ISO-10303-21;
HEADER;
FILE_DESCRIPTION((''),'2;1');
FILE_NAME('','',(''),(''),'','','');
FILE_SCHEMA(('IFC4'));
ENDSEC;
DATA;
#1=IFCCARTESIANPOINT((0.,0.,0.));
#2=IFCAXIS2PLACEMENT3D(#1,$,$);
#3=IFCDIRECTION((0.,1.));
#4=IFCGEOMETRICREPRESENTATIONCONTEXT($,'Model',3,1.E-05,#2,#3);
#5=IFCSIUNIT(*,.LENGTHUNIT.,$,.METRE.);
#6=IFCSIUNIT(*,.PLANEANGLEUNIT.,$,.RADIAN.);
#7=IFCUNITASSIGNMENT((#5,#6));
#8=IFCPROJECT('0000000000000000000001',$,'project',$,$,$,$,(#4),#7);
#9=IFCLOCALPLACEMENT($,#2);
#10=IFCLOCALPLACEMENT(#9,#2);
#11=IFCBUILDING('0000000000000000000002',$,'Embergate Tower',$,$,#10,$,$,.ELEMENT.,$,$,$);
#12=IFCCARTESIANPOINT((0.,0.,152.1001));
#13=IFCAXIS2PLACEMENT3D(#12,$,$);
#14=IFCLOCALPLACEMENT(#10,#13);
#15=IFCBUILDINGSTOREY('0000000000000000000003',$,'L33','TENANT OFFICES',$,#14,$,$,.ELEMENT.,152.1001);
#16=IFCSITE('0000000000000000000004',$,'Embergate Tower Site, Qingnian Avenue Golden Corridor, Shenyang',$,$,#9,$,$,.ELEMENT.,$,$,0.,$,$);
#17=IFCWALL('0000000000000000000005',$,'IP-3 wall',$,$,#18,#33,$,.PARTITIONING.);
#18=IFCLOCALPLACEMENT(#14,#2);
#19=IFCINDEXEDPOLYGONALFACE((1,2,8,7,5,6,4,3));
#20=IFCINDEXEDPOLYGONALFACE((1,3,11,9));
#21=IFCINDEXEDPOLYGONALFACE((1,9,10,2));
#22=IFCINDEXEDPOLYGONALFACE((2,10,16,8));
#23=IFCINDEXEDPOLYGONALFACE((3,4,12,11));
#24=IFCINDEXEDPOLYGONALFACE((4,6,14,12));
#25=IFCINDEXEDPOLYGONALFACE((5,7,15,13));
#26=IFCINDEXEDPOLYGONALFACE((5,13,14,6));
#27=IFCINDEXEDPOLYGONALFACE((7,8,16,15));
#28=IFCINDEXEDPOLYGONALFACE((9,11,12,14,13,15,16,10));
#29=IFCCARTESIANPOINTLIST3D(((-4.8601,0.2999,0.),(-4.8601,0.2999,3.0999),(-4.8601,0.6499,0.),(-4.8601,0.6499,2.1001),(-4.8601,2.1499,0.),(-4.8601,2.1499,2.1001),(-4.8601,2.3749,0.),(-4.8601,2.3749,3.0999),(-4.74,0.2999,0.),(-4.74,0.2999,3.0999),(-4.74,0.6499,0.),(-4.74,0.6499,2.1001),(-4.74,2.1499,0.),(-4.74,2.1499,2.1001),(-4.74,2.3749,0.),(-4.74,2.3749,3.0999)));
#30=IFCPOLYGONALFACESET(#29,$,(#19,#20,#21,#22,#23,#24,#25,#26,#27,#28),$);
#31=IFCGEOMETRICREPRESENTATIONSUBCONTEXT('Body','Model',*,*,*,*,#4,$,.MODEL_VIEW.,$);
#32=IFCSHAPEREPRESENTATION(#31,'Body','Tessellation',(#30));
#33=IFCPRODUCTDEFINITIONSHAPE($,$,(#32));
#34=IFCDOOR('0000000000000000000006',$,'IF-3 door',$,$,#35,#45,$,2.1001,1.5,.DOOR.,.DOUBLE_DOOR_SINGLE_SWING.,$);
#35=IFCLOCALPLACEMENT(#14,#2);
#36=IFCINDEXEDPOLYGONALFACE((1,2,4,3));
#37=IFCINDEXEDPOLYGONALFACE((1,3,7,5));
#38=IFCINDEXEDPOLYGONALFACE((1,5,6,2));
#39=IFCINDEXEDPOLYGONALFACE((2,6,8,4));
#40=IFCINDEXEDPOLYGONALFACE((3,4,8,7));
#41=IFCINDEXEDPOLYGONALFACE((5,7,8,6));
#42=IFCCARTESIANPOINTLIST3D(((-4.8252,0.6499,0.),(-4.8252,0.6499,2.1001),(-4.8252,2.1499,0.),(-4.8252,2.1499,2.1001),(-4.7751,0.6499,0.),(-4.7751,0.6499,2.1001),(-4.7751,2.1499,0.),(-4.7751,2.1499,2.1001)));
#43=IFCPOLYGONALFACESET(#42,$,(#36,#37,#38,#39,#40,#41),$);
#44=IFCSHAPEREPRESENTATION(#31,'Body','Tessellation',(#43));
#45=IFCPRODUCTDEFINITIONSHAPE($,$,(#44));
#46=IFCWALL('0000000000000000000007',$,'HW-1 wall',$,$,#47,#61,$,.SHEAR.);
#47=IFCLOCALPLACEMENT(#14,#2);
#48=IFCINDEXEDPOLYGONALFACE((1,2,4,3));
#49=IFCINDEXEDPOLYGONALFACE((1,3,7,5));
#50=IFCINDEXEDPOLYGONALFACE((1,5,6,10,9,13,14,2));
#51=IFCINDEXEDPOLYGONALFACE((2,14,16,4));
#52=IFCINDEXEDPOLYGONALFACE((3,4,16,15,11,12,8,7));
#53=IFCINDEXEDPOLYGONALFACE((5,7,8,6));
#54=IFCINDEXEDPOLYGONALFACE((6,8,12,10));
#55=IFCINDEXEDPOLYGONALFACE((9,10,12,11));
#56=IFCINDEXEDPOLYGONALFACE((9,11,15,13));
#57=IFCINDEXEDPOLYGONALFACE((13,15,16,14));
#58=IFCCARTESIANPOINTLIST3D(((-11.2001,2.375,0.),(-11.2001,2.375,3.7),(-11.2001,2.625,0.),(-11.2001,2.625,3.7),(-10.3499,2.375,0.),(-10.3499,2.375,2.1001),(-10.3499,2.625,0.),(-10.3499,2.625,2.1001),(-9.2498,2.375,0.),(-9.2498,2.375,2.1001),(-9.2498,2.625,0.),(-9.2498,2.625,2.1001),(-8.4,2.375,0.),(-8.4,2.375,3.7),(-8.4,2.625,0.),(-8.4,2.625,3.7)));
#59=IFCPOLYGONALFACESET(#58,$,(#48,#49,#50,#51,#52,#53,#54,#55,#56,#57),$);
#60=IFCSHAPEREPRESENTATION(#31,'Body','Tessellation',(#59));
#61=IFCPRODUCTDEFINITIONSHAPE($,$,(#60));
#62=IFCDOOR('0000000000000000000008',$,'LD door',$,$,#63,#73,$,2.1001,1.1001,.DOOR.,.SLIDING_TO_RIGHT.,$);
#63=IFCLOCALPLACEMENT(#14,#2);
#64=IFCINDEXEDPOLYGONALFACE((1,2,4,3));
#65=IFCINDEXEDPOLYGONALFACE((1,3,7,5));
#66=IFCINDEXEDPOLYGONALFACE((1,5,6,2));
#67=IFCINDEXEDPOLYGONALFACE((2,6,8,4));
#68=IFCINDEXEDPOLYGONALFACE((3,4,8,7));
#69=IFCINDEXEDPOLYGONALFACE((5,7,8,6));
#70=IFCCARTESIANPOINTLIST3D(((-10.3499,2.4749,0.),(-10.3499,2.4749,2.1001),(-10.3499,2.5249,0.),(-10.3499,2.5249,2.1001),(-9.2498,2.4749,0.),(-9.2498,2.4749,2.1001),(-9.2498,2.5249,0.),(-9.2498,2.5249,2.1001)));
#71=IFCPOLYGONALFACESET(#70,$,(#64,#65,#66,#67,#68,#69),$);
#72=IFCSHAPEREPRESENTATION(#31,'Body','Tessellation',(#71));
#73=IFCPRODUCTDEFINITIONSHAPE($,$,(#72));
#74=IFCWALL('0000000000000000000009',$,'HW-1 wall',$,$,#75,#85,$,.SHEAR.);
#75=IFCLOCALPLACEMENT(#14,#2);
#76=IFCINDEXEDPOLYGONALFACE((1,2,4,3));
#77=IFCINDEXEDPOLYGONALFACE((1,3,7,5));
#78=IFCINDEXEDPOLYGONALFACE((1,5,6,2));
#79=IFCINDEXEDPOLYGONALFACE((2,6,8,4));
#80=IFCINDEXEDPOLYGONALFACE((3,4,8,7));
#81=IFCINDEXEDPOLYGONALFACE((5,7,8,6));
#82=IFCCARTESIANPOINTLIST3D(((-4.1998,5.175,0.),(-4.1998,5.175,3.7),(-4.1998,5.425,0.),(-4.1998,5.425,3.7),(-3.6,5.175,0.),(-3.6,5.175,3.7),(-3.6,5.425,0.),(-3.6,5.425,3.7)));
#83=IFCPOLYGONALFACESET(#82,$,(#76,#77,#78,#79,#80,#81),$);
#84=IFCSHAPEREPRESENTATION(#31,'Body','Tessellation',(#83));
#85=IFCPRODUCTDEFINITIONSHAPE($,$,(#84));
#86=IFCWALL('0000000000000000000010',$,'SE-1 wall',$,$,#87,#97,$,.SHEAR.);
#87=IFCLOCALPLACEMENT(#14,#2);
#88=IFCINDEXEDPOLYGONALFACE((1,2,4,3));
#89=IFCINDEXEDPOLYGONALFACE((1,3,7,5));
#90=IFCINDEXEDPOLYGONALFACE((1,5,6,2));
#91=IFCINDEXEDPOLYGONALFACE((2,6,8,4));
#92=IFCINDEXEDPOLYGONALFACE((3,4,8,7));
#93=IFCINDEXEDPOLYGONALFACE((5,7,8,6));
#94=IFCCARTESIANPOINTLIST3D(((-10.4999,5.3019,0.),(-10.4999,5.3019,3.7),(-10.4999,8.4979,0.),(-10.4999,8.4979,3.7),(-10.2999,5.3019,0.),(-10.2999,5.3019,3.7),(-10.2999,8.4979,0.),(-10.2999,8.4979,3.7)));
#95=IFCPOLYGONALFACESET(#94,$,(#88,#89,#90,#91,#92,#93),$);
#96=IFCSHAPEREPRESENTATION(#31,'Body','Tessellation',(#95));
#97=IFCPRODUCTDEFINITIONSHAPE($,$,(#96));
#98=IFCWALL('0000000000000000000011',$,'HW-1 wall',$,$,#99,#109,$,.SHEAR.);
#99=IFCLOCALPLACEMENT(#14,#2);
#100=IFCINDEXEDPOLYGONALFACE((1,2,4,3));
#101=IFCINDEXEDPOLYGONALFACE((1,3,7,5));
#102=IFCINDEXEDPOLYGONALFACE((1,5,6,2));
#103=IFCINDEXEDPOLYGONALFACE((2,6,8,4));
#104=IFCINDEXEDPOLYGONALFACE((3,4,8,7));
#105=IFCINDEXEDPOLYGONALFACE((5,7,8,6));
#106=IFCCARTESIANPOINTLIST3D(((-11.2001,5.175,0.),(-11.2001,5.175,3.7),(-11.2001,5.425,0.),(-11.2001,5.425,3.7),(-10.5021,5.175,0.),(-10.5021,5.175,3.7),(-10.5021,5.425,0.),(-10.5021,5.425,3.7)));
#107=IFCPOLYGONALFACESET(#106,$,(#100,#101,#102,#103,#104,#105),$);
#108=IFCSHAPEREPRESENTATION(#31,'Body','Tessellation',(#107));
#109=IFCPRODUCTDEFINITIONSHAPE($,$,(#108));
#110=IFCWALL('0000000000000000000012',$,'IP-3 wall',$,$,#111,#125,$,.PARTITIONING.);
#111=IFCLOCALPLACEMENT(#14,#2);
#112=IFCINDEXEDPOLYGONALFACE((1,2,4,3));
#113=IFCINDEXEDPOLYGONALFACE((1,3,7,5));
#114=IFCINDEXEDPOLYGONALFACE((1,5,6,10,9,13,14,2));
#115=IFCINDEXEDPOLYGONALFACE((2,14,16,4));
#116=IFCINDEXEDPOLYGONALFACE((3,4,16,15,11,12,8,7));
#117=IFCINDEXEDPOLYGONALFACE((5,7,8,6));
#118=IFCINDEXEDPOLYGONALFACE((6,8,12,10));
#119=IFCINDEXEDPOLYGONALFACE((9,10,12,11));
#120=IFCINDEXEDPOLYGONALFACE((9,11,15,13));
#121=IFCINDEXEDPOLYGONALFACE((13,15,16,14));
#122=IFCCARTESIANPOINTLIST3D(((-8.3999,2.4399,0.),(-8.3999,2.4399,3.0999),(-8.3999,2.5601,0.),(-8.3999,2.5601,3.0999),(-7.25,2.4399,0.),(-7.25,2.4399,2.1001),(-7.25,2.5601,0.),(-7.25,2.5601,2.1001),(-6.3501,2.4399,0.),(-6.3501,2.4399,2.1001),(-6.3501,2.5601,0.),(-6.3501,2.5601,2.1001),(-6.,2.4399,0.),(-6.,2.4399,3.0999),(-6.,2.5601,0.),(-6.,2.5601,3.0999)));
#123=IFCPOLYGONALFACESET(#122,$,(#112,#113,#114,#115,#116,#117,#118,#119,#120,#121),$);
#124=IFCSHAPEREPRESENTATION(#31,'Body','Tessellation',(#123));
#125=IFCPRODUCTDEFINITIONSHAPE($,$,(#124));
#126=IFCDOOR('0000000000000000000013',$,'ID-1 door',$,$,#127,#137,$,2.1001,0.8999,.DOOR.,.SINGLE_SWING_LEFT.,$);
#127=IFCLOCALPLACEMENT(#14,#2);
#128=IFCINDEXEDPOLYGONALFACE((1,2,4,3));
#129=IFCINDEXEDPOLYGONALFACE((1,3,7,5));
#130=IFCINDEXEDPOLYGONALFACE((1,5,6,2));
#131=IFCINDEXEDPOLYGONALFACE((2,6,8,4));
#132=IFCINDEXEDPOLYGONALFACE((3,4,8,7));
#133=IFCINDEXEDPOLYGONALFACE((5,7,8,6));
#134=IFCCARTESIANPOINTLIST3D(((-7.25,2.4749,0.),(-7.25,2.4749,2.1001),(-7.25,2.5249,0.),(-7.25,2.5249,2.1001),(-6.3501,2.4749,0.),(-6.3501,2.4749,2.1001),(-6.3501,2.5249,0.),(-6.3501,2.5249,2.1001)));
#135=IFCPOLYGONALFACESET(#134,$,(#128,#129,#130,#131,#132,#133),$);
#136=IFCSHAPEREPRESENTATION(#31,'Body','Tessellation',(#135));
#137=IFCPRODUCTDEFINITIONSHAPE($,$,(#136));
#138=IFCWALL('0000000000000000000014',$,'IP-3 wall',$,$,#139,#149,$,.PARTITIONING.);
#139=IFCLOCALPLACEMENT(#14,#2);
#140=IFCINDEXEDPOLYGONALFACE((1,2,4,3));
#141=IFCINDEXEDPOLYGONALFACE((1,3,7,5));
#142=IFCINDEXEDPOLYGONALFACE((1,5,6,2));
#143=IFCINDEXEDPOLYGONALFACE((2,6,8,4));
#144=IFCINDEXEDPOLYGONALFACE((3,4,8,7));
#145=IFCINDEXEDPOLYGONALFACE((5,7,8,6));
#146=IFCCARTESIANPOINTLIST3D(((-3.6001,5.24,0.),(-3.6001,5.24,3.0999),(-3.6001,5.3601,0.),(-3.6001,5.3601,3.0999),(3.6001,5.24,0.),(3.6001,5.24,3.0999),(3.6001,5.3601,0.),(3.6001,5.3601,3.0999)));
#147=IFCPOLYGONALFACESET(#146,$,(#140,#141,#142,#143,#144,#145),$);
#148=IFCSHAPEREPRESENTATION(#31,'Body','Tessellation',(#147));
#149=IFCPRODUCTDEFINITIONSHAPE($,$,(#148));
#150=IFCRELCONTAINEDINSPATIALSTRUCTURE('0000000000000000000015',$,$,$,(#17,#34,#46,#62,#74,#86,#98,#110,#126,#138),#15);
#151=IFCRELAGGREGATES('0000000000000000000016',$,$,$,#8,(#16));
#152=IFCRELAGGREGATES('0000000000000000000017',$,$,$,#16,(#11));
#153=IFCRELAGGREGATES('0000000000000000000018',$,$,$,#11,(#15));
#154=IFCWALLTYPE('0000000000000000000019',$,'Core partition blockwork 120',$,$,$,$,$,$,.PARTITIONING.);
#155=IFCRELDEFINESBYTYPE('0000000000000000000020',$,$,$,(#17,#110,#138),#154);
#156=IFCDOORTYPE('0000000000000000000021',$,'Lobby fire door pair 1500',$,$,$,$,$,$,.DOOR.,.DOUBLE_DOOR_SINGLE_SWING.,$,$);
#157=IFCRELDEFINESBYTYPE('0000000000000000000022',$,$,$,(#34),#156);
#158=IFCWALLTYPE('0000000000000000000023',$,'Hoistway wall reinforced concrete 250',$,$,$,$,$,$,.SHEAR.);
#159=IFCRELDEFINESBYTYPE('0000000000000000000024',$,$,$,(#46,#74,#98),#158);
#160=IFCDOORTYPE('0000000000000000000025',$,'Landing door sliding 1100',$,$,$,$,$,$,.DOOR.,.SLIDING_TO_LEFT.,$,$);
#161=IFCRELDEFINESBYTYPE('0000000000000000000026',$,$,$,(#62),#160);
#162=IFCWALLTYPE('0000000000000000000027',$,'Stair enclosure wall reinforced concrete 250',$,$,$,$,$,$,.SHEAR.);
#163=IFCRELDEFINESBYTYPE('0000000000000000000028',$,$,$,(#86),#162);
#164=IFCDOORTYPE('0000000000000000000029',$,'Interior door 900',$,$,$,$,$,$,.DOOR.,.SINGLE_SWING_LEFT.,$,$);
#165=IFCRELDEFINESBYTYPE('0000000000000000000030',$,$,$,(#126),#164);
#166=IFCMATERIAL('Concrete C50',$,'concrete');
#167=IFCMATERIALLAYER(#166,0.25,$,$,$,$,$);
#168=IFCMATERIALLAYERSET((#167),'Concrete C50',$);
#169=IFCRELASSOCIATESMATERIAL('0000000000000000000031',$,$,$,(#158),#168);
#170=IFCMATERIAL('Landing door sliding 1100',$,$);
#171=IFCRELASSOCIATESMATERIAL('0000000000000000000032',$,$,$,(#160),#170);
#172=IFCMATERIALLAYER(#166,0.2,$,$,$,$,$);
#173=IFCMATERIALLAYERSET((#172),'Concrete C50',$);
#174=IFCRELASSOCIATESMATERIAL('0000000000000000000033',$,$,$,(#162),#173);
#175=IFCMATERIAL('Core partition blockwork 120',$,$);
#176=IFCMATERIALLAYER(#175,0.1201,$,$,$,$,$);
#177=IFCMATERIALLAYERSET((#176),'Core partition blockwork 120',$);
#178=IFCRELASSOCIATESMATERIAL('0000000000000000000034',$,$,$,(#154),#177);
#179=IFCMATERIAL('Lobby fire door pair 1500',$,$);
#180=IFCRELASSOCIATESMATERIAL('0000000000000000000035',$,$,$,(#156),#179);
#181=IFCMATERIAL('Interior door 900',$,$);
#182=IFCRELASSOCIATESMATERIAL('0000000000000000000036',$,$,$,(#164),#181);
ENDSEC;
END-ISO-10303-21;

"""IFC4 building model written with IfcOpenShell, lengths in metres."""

from ifc_helpers import new_model, si_unit, direction, frame, frame_2d, origin, place, context, subcontext, project, spatial, rectangle, extrude, source, transform, mapped, material, layer, layer_set, type_object, element, fill, save


model = new_model("IFC4")

# Units and contexts
model_context = context("Model", 3, precision=1e-05, world=origin(), true_north=direction((0.0, 1.0)))
body_context = subcontext(model_context, "Body", "Model", "MODEL_VIEW")
ifc_project = project(units=[si_unit("LENGTHUNIT", "METRE"), si_unit("PLANEANGLEUNIT", "RADIAN")], contexts=[model_context])

# Site, building, storey
site_placement = place(None, origin())
site = spatial("IfcSite", under=ifc_project, at=site_placement, Name="Embergate Tower Site, Qingnian Avenue Golden Corridor, Shenyang", CompositionType="ELEMENT", RefElevation=0.0)
building_placement = place(site_placement, origin())
building = spatial("IfcBuilding", under=site, at=building_placement, Name="Embergate Tower", CompositionType="ELEMENT")
storey_placement = place(building_placement, frame((0.0, 0.0, 152.1001)))
storey = spatial("IfcBuildingStorey", under=building, at=storey_placement, Name="L33", Description="TENANT OFFICES", CompositionType="ELEMENT", Elevation=152.1001)

# Shared definitions
ifc_material_1 = material(Name="Concrete C50", Category="concrete")
ifc_layer_1 = layer(ifc_material_1, 0.25)
ifc_layer_set_1 = layer_set([ifc_layer_1], Name="Concrete C50")
wall_type_1 = type_object("IfcWallType", Name="Hoistway wall reinforced concrete 250", PredefinedType="SHEAR", material=ifc_layer_set_1)

# Shared definitions
shared_shape_1 = source(origin(), body_context, "Body", "SweptSolid", [
    extrude(rectangle(XDim=1.1001, YDim=2.1001, at=frame_2d((0.55, 1.05))), frame((0.0, 0.135, 0.0), z_axis=(0.0, -1.0, 0.0), x_axis=(1.0, 0.0, 0.0)), (0.0, 0.0, 1.0), 0.27),
])
ifc_material_2 = material(Name="Landing door sliding 1100")
door_type_1 = type_object("IfcDoorType", Name="Landing door sliding 1100", OperationType="SLIDING_TO_LEFT", PredefinedType="DOOR", material=ifc_material_2)
shared_shape_2 = source(origin(), body_context, "Body", "SweptSolid", [
    extrude(rectangle(XDim=1.1001, YDim=2.1001, at=frame_2d((0.55, 1.05))), frame((0.0, 0.0249, 0.0), z_axis=(0.0, -1.0, 0.0), x_axis=(1.0, 0.0, 0.0)), (0.0, 0.0, 1.0), 0.05),
])

# Shared definitions
ifc_layer_2 = layer(ifc_material_1, 0.2)
ifc_layer_set_2 = layer_set([ifc_layer_2], Name="Concrete C50")
wall_type_2 = type_object("IfcWallType", Name="Stair enclosure wall reinforced concrete 250", PredefinedType="SHEAR", material=ifc_layer_set_2)

# Walls, openings, doors
ifc_material_3 = material(Name="Core partition blockwork 120")
ifc_layer_3 = layer(ifc_material_3, 0.1201)
ifc_layer_set_3 = layer_set([ifc_layer_3], Name="Core partition blockwork 120")
wall_type_3 = type_object("IfcWallType", Name="Core partition blockwork 120", PredefinedType="PARTITIONING", material=ifc_layer_set_3)
shared_shape_3 = source(origin(), body_context, "Body", "SweptSolid", [
    extrude(rectangle(XDim=2.075, YDim=0.1201, at=frame_2d((1.0376, 0.0))), origin(), (0.0, 0.0, 1.0), 3.0999),
])
wall_1_placement = place(storey_placement, frame((-4.8, 2.375, 0.0), z_axis=(0.0, 0.0, 1.0), x_axis=(0.0, -1.0, 0.0)))
wall_1 = element("IfcWall", 1, at=wall_1_placement, inside=storey, type_object=wall_type_3, Name="IP-3 wall", PredefinedType="PARTITIONING", context=body_context, shape_type="MappedRepresentation", body=[
    mapped(shared_shape_3, transform((0.0, 0.0, 0.0))),
])
shared_shape_4 = source(origin(), body_context, "Body", "SweptSolid", [
    extrude(rectangle(XDim=1.5, YDim=2.1001, at=frame_2d((0.75, 1.05))), frame((0.0, 0.0701, 0.0), z_axis=(0.0, -1.0, 0.0), x_axis=(1.0, 0.0, 0.0)), (0.0, 0.0, 1.0), 0.1401),
])
opening_1_placement = place(wall_1_placement, frame((0.2251, 0.0, 0.0)))
opening_1 = element("IfcOpeningElement", 2, at=opening_1_placement, cuts=wall_1, PredefinedType="OPENING", context=body_context, shape_type="MappedRepresentation", body=[
    mapped(shared_shape_4, transform((0.0, 0.0, 0.0))),
])
ifc_material_4 = material(Name="Lobby fire door pair 1500")
door_type_2 = type_object("IfcDoorType", Name="Lobby fire door pair 1500", OperationType="DOUBLE_DOOR_SINGLE_SWING", PredefinedType="DOOR", material=ifc_material_4)
shared_shape_5 = source(origin(), body_context, "Body", "SweptSolid", [
    extrude(rectangle(XDim=1.5, YDim=2.1001, at=frame_2d((0.75, 1.05))), frame((0.0, 0.0249, 0.0), z_axis=(0.0, -1.0, 0.0), x_axis=(1.0, 0.0, 0.0)), (0.0, 0.0, 1.0), 0.05),
])
door_1_placement = place(opening_1_placement, origin())
door_1 = element("IfcDoor", 3, at=door_1_placement, inside=storey, type_object=door_type_2, Name="IF-3 door", OperationType="DOUBLE_DOOR_SINGLE_SWING", OverallHeight=2.1001, OverallWidth=1.5, PredefinedType="DOOR", context=body_context, shape_type="MappedRepresentation", body=[
    mapped(shared_shape_5, transform((0.0, 0.0, 0.0))),
])
fill(opening_1, door_1)
shared_shape_6 = source(origin(), body_context, "Body", "SweptSolid", [
    extrude(rectangle(XDim=2.8, YDim=0.25, at=frame_2d((1.3999, 0.0))), origin(), (0.0, 0.0, 1.0), 3.7),
])
wall_2_placement = place(storey_placement, frame((-11.2, 2.5, 0.0), z_axis=(0.0, 0.0, 1.0), x_axis=(1.0, 0.0, 0.0)))
wall_2 = element("IfcWall", 4, at=wall_2_placement, inside=storey, type_object=wall_type_1, Name="HW-1 wall", PredefinedType="SHEAR", context=body_context, shape_type="MappedRepresentation", body=[
    mapped(shared_shape_6, transform((0.0, 0.0, 0.0))),
])
opening_2_placement = place(wall_2_placement, frame((0.8501, 0.0, 0.0)))
opening_2 = element("IfcOpeningElement", 5, at=opening_2_placement, cuts=wall_2, PredefinedType="OPENING", context=body_context, shape_type="MappedRepresentation", body=[
    mapped(shared_shape_1, transform((0.0, 0.0, 0.0))),
])
door_2_placement = place(opening_2_placement, origin())
door_2 = element("IfcDoor", 6, at=door_2_placement, inside=storey, type_object=door_type_1, Name="LD door", OperationType="SLIDING_TO_RIGHT", OverallHeight=2.1001, OverallWidth=1.1001, PredefinedType="DOOR", context=body_context, shape_type="MappedRepresentation", body=[
    mapped(shared_shape_2, transform((0.0, 0.0, 0.0))),
])
fill(opening_2, door_2)

# Walls
shared_shape_7 = source(origin(), body_context, "Body", "SweptSolid", [
    extrude(rectangle(XDim=0.5999, YDim=0.25, at=frame_2d((0.2998, 0.0))), origin(), (0.0, 0.0, 1.0), 3.7),
])
wall_3_placement = place(storey_placement, frame((-3.6001, 5.3, 0.0), z_axis=(0.0, 0.0, 1.0), x_axis=(-1.0, 0.0, 0.0)))
element("IfcWall", 7, at=wall_3_placement, inside=storey, type_object=wall_type_1, Name="HW-1 wall", PredefinedType="SHEAR", context=body_context, shape_type="MappedRepresentation", body=[
    mapped(shared_shape_7, transform((0.0, 0.0, 0.0))),
])
shared_shape_8 = source(origin(), body_context, "Body", "SweptSolid", [
    extrude(rectangle(XDim=3.196, YDim=0.2, at=frame_2d((1.5981, 0.0))), origin(), (0.0, 0.0, 1.0), 3.7),
])
wall_4_placement = place(storey_placement, frame((-10.3999, 8.498, 0.0), z_axis=(0.0, 0.0, 1.0), x_axis=(0.0, -1.0, 0.0)))
element("IfcWall", 8, at=wall_4_placement, inside=storey, type_object=wall_type_2, Name="SE-1 wall", PredefinedType="SHEAR", context=body_context, shape_type="MappedRepresentation", body=[
    mapped(shared_shape_8, transform((0.0, 0.0, 0.0))),
])
shared_shape_9 = source(origin(), body_context, "Body", "SweptSolid", [
    extrude(rectangle(XDim=0.698, YDim=0.25, at=frame_2d((0.3491, 0.0))), origin(), (0.0, 0.0, 1.0), 3.7),
])
wall_5_placement = place(storey_placement, frame((-10.502, 5.3, 0.0), z_axis=(0.0, 0.0, 1.0), x_axis=(-1.0, 0.0, 0.0)))
element("IfcWall", 9, at=wall_5_placement, inside=storey, type_object=wall_type_1, Name="HW-1 wall", PredefinedType="SHEAR", context=body_context, shape_type="MappedRepresentation", body=[
    mapped(shared_shape_9, transform((0.0, 0.0, 0.0))),
])

# Wall, opening, door
shared_shape_10 = source(origin(), body_context, "Body", "SweptSolid", [
    extrude(rectangle(XDim=2.3999, YDim=0.1201, at=frame_2d((1.2, 0.0))), origin(), (0.0, 0.0, 1.0), 3.0999),
])
wall_6_placement = place(storey_placement, frame((-8.3999, 2.5, 0.0), z_axis=(0.0, 0.0, 1.0), x_axis=(1.0, 0.0, 0.0)))
wall_6 = element("IfcWall", 10, at=wall_6_placement, inside=storey, type_object=wall_type_3, Name="IP-3 wall", PredefinedType="PARTITIONING", context=body_context, shape_type="MappedRepresentation", body=[
    mapped(shared_shape_10, transform((0.0, 0.0, 0.0))),
])
shared_shape_11 = source(origin(), body_context, "Body", "SweptSolid", [
    extrude(rectangle(XDim=0.8999, YDim=2.1001, at=frame_2d((0.45, 1.05))), frame((0.0, 0.0701, 0.0), z_axis=(0.0, -1.0, 0.0), x_axis=(1.0, 0.0, 0.0)), (0.0, 0.0, 1.0), 0.1401),
])
opening_3_placement = place(wall_6_placement, frame((1.1499, 0.0, 0.0)))
opening_3 = element("IfcOpeningElement", 11, at=opening_3_placement, cuts=wall_6, PredefinedType="OPENING", context=body_context, shape_type="MappedRepresentation", body=[
    mapped(shared_shape_11, transform((0.0, 0.0, 0.0))),
])
ifc_material_5 = material(Name="Interior door 900")
door_type_3 = type_object("IfcDoorType", Name="Interior door 900", OperationType="SINGLE_SWING_LEFT", PredefinedType="DOOR", material=ifc_material_5)
shared_shape_12 = source(origin(), body_context, "Body", "SweptSolid", [
    extrude(rectangle(XDim=0.8999, YDim=2.1001, at=frame_2d((0.45, 1.05))), frame((0.0, 0.0249, 0.0), z_axis=(0.0, -1.0, 0.0), x_axis=(1.0, 0.0, 0.0)), (0.0, 0.0, 1.0), 0.05),
])
door_3_placement = place(opening_3_placement, origin())
door_3 = element("IfcDoor", 12, at=door_3_placement, inside=storey, type_object=door_type_3, Name="ID-1 door", OperationType="SINGLE_SWING_LEFT", OverallHeight=2.1001, OverallWidth=0.8999, PredefinedType="DOOR", context=body_context, shape_type="MappedRepresentation", body=[
    mapped(shared_shape_12, transform((0.0, 0.0, 0.0))),
])
fill(opening_3, door_3)

# Wall
shared_shape_13 = source(origin(), body_context, "Body", "SweptSolid", [
    extrude(rectangle(XDim=7.2002, YDim=0.1201, at=frame_2d((3.6001, 0.0))), origin(), (0.0, 0.0, 1.0), 3.0999),
])
wall_7_placement = place(storey_placement, frame((-3.6001, 5.3, 0.0), z_axis=(0.0, 0.0, 1.0), x_axis=(1.0, 0.0, 0.0)))
element("IfcWall", 13, at=wall_7_placement, inside=storey, type_object=wall_type_3, Name="IP-3 wall", PredefinedType="PARTITIONING", context=body_context, shape_type="MappedRepresentation", body=[
    mapped(shared_shape_13, transform((0.0, 0.0, 0.0))),
])

save(model, "model.ifc")
